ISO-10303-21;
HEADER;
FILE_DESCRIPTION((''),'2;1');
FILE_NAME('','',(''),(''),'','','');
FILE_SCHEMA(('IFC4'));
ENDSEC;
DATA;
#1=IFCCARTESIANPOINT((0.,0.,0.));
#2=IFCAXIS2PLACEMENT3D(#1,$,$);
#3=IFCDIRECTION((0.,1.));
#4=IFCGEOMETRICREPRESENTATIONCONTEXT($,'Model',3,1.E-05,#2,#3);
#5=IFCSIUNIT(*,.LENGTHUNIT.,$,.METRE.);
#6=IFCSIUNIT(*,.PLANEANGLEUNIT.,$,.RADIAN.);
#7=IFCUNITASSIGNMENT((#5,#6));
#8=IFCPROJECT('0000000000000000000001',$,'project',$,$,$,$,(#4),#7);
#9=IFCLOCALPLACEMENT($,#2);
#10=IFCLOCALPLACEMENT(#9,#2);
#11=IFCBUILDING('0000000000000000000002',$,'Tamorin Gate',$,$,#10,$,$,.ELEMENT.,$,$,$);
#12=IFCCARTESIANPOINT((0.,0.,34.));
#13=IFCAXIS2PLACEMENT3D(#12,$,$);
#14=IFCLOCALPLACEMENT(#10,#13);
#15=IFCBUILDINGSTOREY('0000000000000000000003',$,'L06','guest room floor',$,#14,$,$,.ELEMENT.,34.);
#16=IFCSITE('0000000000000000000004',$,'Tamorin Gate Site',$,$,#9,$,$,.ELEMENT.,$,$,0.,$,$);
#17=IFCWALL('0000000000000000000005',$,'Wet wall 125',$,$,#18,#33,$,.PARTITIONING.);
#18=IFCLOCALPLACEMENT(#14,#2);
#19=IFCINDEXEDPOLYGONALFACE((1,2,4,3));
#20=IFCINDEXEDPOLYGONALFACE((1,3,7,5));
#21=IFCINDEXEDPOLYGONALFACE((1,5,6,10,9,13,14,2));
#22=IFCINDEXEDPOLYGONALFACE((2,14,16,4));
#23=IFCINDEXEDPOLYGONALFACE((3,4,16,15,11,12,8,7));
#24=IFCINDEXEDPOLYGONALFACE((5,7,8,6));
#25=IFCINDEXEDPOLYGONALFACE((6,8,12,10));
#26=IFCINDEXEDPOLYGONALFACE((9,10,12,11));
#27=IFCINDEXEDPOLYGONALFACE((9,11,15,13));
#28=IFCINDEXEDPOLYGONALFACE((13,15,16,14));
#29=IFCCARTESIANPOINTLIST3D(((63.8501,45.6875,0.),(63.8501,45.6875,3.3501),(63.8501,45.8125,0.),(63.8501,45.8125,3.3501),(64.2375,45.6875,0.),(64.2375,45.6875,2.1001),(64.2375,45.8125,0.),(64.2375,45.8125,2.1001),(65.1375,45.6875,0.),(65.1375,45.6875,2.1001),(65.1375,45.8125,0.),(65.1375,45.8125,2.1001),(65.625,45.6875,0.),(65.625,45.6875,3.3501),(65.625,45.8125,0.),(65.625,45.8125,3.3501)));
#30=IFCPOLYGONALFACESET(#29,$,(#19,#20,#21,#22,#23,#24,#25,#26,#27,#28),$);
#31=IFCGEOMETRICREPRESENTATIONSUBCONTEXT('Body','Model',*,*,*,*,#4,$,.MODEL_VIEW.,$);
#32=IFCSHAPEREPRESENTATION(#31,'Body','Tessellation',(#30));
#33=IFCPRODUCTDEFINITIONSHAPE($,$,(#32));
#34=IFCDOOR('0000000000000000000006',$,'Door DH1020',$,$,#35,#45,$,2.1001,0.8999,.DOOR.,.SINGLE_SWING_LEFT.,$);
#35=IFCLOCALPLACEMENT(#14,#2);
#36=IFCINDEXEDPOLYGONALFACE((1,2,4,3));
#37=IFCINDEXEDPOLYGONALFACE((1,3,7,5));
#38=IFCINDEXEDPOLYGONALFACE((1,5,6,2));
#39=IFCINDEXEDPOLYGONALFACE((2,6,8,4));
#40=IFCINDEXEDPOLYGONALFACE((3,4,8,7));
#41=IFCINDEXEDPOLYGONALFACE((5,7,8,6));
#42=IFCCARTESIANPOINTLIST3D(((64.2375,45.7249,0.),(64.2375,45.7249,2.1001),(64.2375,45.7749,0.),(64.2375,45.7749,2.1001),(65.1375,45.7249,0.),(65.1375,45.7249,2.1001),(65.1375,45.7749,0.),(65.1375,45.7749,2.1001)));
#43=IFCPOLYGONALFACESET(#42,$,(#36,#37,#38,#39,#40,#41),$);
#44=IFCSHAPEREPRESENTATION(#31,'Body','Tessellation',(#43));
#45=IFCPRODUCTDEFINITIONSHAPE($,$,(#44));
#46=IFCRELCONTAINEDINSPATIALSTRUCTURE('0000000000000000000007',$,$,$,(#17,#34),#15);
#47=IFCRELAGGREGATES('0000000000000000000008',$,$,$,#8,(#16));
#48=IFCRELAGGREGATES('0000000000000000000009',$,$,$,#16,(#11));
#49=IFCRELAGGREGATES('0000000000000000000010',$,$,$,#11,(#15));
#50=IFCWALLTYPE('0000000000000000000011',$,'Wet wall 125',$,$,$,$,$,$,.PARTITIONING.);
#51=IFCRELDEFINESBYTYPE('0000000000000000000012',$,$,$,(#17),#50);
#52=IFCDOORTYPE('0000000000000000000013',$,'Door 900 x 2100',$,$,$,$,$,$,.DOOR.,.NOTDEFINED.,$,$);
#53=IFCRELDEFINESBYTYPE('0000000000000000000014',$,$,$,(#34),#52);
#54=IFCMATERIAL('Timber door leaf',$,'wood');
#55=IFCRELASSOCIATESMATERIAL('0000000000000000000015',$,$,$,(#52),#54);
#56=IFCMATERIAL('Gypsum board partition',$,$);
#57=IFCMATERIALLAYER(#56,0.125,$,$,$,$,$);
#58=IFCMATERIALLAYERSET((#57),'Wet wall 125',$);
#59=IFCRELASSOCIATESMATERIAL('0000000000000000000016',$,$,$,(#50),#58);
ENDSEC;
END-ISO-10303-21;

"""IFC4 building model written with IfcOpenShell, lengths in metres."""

from ifc_helpers import new_model, si_unit, direction, frame, frame_2d, origin, place, context, subcontext, project, spatial, rectangle, extrude, material, layer, layer_set, type_object, element, fill, save


model = new_model("IFC4")

# Units and contexts
model_context = context("Model", 3, precision=1e-05, world=origin(), true_north=direction((0.0, 1.0)))
body_context = subcontext(model_context, "Body", "Model", "MODEL_VIEW")
ifc_project = project(units=[si_unit("LENGTHUNIT", "METRE"), si_unit("PLANEANGLEUNIT", "RADIAN")], contexts=[model_context])

# Site, building, storey
site_placement = place(None, origin())
site = spatial("IfcSite", under=ifc_project, at=site_placement, Name="Tamorin Gate Site", CompositionType="ELEMENT", RefElevation=0.0)
building_placement = place(site_placement, origin())
building = spatial("IfcBuilding", under=site, at=building_placement, Name="Tamorin Gate", CompositionType="ELEMENT")
storey_placement = place(building_placement, frame((0.0, 0.0, 34.0)))
storey = spatial("IfcBuildingStorey", under=building, at=storey_placement, Name="L06", Description="guest room floor", CompositionType="ELEMENT", Elevation=34.0)

# Shared definitions
ifc_material_1 = material(Name="Gypsum board partition")

# Wall, opening, door
ifc_material_2 = material(Name="Timber door leaf", Category="wood")
door_type = type_object("IfcDoorType", Name="Door 900 x 2100", OperationType="NOTDEFINED", PredefinedType="DOOR", material=ifc_material_2)
ifc_layer_1 = layer(ifc_material_1, 0.125)
ifc_layer_set_1 = layer_set([ifc_layer_1], Name="Wet wall 125")
wall_type_1 = type_object("IfcWallType", Name="Wet wall 125", PredefinedType="PARTITIONING", material=ifc_layer_set_1)
wall_1_placement = place(storey_placement, frame((63.8501, 45.75, 0.0), z_axis=(0.0, 0.0, 1.0), x_axis=(1.0, 0.0, 0.0)))
wall_1 = element("IfcWall", 1, at=wall_1_placement, inside=storey, type_object=wall_type_1, Name="Wet wall 125", PredefinedType="PARTITIONING", context=body_context, shape_type="SweptSolid", body=[
    extrude(rectangle(XDim=1.7749, YDim=0.125, at=frame_2d((0.8875, 0.0))), origin(), (0.0, 0.0, 1.0), 3.3501),
])
opening_1_placement = place(wall_1_placement, frame((0.3875, 0.0, 0.0)))
opening_1 = element("IfcOpeningElement", 2, at=opening_1_placement, cuts=wall_1, PredefinedType="OPENING", context=body_context, shape_type="SweptSolid", body=[
    extrude(rectangle(XDim=0.8999, YDim=2.1001, at=frame_2d((0.45, 1.05))), frame((0.0, 0.0725, 0.0), z_axis=(0.0, -1.0, 0.0), x_axis=(1.0, 0.0, 0.0)), (0.0, 0.0, 1.0), 0.145),
])
door_1_placement = place(opening_1_placement, origin())
door_1 = element("IfcDoor", 3, at=door_1_placement, inside=storey, type_object=door_type, Name="Door DH1020", OperationType="SINGLE_SWING_LEFT", OverallHeight=2.1001, OverallWidth=0.8999, PredefinedType="DOOR", context=body_context, shape_type="SweptSolid", body=[
    extrude(rectangle(XDim=0.8999, YDim=2.1001, at=frame_2d((0.45, 1.05))), frame((0.0, 0.0249, 0.0), z_axis=(0.0, -1.0, 0.0), x_axis=(1.0, 0.0, 0.0)), (0.0, 0.0, 1.0), 0.05),
])
fill(opening_1, door_1)

save(model, "model.ifc")
